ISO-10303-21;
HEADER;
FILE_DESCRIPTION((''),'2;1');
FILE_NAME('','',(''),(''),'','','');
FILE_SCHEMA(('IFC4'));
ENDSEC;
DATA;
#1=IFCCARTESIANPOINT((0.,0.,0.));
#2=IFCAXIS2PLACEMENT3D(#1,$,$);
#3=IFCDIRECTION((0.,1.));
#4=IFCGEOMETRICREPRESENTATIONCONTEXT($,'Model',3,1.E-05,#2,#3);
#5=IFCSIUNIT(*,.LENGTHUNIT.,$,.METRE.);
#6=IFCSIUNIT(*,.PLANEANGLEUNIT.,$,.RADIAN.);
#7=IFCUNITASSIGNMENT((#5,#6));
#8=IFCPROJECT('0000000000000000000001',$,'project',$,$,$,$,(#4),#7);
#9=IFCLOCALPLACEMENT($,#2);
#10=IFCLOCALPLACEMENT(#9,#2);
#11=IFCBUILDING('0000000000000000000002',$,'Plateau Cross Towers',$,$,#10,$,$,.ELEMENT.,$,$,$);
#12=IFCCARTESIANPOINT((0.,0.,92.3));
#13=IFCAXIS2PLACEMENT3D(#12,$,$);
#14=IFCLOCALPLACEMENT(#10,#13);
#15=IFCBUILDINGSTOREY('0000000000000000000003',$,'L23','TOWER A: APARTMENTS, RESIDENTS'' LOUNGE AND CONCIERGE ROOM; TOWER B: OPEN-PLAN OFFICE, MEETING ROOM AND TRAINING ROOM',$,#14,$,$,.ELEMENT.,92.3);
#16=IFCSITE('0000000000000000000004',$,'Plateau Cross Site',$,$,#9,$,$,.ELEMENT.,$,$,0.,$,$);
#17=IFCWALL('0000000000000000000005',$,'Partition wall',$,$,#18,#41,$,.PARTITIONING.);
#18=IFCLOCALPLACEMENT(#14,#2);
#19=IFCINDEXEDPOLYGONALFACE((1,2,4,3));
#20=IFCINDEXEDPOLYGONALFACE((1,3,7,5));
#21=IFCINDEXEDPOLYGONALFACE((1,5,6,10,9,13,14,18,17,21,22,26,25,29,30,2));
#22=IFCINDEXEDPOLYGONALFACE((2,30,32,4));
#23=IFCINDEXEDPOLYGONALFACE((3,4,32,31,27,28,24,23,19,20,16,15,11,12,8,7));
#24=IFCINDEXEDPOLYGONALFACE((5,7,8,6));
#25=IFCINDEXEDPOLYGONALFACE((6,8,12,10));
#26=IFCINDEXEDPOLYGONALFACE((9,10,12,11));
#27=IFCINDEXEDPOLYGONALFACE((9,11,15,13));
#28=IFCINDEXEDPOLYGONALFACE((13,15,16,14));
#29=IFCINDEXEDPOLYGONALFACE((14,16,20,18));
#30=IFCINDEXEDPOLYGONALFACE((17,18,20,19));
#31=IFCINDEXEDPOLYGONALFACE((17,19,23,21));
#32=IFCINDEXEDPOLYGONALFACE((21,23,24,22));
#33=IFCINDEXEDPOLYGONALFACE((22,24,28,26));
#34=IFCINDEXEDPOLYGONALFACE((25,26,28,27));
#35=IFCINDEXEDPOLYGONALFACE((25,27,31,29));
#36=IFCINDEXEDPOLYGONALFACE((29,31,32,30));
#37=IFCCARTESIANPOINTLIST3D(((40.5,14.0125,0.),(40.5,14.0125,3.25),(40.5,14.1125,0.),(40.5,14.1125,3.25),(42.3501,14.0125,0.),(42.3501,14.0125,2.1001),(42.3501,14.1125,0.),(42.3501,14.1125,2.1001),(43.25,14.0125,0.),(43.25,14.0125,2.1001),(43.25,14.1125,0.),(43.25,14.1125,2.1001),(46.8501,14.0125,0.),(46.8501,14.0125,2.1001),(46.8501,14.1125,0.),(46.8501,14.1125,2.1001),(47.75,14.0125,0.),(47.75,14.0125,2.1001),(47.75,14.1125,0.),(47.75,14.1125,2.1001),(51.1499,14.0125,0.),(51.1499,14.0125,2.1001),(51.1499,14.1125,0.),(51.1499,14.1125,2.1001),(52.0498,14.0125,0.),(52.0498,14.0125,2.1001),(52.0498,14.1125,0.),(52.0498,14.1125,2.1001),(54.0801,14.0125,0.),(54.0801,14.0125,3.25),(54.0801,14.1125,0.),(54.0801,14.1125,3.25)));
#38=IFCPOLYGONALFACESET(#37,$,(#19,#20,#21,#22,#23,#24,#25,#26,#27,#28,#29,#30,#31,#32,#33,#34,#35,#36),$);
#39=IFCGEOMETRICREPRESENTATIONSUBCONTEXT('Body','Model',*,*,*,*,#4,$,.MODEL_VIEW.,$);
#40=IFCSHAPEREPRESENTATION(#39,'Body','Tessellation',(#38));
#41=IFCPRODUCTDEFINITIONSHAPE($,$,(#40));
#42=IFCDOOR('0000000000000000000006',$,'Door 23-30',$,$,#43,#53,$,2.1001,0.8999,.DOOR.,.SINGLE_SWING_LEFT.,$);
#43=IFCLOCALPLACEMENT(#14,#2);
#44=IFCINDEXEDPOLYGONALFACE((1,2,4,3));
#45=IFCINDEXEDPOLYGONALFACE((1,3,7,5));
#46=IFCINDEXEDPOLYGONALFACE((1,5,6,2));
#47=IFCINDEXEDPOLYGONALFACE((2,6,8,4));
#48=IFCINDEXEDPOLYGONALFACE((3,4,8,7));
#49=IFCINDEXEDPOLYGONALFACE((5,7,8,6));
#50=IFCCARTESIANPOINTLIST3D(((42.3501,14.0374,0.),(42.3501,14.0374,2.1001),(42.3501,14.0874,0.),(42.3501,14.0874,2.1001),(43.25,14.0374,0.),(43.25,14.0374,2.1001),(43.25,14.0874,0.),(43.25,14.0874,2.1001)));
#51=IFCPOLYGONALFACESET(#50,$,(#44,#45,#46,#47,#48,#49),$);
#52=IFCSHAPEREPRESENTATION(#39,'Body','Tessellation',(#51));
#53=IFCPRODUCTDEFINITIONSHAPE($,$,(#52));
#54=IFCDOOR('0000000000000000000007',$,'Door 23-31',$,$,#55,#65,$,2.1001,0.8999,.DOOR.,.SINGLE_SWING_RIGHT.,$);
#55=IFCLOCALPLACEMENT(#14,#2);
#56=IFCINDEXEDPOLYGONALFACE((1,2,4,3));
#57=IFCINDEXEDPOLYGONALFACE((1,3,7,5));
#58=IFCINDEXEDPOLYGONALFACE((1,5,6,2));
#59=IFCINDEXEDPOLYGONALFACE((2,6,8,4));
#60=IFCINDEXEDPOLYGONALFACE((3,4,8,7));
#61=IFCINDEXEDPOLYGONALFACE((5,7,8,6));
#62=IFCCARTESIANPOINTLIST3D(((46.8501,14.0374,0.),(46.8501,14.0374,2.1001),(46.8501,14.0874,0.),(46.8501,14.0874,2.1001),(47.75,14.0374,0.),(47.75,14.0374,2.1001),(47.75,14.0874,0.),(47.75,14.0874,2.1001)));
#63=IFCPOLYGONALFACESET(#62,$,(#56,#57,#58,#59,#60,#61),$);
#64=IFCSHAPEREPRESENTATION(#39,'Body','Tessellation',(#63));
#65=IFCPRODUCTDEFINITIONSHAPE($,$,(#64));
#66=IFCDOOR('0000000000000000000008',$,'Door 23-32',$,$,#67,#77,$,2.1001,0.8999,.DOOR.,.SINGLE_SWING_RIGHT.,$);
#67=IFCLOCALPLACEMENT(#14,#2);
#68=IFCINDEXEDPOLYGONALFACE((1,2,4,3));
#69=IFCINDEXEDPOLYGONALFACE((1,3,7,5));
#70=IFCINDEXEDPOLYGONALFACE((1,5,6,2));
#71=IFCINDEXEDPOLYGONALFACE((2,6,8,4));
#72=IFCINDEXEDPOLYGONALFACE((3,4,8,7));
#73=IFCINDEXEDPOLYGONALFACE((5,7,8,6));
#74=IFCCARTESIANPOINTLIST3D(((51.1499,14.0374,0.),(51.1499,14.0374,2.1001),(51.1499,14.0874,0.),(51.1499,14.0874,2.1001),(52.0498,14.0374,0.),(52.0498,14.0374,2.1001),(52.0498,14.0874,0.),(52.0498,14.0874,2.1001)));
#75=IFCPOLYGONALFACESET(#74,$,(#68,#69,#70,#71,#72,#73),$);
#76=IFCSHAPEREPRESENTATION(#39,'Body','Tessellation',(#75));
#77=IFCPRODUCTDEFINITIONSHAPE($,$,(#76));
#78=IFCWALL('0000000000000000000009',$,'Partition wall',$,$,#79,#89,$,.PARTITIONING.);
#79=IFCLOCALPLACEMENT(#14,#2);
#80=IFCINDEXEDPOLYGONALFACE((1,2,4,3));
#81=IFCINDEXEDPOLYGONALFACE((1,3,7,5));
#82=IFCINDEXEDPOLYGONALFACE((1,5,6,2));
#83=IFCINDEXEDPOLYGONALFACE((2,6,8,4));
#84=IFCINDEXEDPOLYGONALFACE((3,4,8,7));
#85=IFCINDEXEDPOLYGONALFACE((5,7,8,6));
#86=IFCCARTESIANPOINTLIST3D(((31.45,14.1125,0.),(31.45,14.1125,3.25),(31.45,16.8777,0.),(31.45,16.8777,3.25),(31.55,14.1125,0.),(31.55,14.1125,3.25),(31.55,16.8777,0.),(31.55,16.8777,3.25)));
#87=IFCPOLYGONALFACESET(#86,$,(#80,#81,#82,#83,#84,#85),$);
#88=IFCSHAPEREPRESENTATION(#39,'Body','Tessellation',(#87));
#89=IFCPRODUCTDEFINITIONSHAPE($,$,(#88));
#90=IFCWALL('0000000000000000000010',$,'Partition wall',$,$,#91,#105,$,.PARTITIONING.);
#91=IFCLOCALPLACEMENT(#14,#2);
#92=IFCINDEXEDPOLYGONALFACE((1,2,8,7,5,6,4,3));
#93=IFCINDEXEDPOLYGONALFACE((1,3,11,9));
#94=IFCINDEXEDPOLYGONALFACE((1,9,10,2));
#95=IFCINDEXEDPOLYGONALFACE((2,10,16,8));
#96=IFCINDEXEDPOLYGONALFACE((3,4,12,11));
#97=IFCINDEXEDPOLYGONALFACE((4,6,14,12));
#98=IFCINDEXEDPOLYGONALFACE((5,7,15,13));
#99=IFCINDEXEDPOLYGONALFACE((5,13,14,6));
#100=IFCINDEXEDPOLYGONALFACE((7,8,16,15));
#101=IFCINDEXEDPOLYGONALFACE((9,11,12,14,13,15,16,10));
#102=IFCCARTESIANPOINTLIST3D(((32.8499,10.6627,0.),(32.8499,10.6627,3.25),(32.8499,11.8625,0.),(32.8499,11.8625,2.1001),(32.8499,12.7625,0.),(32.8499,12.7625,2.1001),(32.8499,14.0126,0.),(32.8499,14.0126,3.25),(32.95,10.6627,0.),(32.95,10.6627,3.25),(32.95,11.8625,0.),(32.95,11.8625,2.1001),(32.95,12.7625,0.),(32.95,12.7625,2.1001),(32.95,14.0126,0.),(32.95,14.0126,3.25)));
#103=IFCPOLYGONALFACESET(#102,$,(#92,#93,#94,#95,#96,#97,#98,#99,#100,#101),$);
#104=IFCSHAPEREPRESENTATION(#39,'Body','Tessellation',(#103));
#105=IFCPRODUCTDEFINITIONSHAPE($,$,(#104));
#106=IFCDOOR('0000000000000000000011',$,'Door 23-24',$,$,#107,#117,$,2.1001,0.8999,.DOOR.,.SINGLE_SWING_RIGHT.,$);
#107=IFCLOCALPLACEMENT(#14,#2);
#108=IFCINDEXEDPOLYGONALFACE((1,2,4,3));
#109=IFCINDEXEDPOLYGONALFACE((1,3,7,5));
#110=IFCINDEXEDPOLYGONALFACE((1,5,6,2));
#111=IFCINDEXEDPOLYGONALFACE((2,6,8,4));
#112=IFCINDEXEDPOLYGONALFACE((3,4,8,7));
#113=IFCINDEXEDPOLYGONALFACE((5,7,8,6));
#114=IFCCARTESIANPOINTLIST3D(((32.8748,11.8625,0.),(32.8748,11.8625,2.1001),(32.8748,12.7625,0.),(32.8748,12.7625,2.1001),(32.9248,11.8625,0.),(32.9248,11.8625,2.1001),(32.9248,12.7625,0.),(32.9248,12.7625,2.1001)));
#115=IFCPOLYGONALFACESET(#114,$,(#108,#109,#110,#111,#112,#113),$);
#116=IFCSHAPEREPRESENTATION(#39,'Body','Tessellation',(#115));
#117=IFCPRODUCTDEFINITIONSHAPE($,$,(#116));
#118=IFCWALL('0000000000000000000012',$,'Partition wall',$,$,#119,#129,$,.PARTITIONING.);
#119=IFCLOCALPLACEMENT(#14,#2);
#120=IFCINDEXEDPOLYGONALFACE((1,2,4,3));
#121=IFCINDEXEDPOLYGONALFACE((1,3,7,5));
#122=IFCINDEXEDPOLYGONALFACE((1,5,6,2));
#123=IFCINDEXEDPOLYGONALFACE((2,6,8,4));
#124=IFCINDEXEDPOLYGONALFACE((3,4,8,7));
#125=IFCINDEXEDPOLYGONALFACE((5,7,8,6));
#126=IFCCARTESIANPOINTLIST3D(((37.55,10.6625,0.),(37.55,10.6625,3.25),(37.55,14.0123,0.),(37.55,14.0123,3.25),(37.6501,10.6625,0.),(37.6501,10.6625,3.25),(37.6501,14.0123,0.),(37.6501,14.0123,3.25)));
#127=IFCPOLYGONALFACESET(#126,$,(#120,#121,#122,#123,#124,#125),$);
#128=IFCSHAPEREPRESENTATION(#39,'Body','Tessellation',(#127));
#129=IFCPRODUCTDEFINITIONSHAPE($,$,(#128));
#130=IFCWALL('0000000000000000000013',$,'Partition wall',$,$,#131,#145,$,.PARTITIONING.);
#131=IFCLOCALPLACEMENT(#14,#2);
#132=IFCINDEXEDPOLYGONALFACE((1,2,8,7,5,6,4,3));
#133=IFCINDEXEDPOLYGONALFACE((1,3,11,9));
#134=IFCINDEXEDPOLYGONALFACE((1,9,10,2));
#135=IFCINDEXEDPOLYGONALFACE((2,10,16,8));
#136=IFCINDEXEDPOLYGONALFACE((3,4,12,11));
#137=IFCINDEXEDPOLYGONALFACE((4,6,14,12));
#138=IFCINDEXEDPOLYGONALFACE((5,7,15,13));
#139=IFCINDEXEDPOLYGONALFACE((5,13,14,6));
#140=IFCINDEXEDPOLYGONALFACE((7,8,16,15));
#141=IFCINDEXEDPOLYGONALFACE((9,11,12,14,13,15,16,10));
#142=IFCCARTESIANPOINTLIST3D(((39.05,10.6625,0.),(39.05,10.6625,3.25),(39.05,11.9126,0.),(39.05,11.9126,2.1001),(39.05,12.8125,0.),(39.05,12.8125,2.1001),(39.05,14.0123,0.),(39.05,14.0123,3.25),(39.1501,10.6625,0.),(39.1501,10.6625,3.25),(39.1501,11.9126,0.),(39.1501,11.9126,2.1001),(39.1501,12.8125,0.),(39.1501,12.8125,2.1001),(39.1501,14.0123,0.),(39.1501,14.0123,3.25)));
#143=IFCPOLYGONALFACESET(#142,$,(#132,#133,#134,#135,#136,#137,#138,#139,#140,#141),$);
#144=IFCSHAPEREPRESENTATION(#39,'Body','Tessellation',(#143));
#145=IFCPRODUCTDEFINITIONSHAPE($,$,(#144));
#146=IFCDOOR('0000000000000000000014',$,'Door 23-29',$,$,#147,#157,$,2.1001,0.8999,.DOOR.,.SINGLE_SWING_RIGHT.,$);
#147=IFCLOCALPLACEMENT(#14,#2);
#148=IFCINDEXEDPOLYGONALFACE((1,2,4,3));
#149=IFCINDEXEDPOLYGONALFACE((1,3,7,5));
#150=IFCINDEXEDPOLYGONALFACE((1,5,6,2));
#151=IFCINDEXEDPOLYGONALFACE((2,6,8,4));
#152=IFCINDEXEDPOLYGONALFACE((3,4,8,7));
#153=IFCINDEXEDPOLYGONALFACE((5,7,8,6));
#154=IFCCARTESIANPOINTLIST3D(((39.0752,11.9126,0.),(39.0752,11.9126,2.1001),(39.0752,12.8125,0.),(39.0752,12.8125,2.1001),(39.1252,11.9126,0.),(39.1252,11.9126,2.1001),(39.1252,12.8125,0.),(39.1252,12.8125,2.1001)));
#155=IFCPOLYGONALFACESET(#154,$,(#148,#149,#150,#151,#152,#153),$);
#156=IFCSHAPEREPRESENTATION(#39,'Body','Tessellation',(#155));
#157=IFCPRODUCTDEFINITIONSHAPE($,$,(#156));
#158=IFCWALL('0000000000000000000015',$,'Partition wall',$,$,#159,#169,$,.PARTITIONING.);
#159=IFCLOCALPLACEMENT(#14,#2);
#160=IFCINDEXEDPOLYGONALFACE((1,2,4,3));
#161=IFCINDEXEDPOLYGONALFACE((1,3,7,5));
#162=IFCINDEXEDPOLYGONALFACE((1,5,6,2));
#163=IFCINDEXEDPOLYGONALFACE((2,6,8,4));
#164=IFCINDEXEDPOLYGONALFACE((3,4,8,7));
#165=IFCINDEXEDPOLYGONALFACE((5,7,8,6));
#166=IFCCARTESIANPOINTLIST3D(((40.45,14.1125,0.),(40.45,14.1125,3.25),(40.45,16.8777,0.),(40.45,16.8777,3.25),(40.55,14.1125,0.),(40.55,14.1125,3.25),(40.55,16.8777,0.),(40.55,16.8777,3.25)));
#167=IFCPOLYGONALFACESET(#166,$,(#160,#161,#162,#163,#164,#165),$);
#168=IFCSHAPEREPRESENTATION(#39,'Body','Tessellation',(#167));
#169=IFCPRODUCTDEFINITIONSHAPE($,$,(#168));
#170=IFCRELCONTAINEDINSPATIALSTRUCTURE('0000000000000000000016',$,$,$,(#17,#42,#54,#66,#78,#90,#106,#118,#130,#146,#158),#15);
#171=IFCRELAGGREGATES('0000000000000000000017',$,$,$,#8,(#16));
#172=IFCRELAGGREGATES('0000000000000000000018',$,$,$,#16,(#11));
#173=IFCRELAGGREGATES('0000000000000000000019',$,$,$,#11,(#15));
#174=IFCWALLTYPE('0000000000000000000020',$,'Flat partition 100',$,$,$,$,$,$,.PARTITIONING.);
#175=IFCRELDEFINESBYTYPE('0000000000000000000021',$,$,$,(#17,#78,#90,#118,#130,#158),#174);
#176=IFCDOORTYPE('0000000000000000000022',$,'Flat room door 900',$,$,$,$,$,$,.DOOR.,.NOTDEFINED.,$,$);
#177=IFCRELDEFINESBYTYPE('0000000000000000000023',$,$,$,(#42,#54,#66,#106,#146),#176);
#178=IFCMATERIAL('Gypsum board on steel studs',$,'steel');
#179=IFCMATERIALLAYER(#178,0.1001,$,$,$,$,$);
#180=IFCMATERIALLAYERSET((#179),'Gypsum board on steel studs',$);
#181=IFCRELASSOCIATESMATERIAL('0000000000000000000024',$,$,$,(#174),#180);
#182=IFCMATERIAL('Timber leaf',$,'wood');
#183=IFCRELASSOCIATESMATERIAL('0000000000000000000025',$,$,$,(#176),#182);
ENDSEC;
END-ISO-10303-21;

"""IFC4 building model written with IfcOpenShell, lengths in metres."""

from ifc_helpers import new_model, si_unit, direction, frame, frame_2d, origin, place, context, subcontext, project, spatial, rectangle, extrude, material, layer, layer_set, type_object, element, fill, save


model = new_model("IFC4")

# Units and contexts
model_context = context("Model", 3, precision=1e-05, world=origin(), true_north=direction((0.0, 1.0)))
body_context = subcontext(model_context, "Body", "Model", "MODEL_VIEW")
ifc_project = project(units=[si_unit("LENGTHUNIT", "METRE"), si_unit("PLANEANGLEUNIT", "RADIAN")], contexts=[model_context])

# Site, building, storey
site_placement = place(None, origin())
site = spatial("IfcSite", under=ifc_project, at=site_placement, Name="Plateau Cross Site", CompositionType="ELEMENT", RefElevation=0.0)
building_placement = place(site_placement, origin())
building = spatial("IfcBuilding", under=site, at=building_placement, Name="Plateau Cross Towers", CompositionType="ELEMENT")
storey_placement = place(building_placement, frame((0.0, 0.0, 92.3)))
storey = spatial("IfcBuildingStorey", under=building, at=storey_placement, Name="L23", Description="TOWER A: APARTMENTS, RESIDENTS' LOUNGE AND CONCIERGE ROOM; TOWER B: OPEN-PLAN OFFICE, MEETING ROOM AND TRAINING ROOM", CompositionType="ELEMENT", Elevation=92.3)

# Shared definitions
ifc_material_1 = material(Name="Gypsum board on steel studs", Category="steel")
ifc_layer_1 = layer(ifc_material_1, 0.1001)
ifc_layer_set_1 = layer_set([ifc_layer_1], Name="Gypsum board on steel studs")
wall_type_1 = type_object("IfcWallType", Name="Flat partition 100", PredefinedType="PARTITIONING", material=ifc_layer_set_1)
ifc_material_2 = material(Name="Timber leaf", Category="wood")
door_type = type_object("IfcDoorType", Name="Flat room door 900", OperationType="NOTDEFINED", PredefinedType="DOOR", material=ifc_material_2)

# Wall, openings, doors
wall_1_placement = place(storey_placement, frame((40.5, 14.0625, 0.0), z_axis=(0.0, 0.0, 1.0), x_axis=(1.0, 0.0, 0.0)))
wall_1 = element("IfcWall", 1, at=wall_1_placement, inside=storey, type_object=wall_type_1, Name="Partition wall", PredefinedType="PARTITIONING", context=body_context, shape_type="SweptSolid", body=[
    extrude(rectangle(XDim=13.5801, YDim=0.1001, at=frame_2d((6.79, 0.0))), origin(), (0.0, 0.0, 1.0), 3.25),
])
opening_1_placement = place(wall_1_placement, frame((1.8501, 0.0, 0.0)))
opening_1 = element("IfcOpeningElement", 2, at=opening_1_placement, cuts=wall_1, PredefinedType="OPENING", context=body_context, shape_type="SweptSolid", body=[
    extrude(rectangle(XDim=0.8999, YDim=2.1001, at=frame_2d((0.45, 1.05))), frame((0.0, 0.0601, 0.0), z_axis=(0.0, -1.0, 0.0), x_axis=(1.0, 0.0, 0.0)), (0.0, 0.0, 1.0), 0.1201),
])
opening_2_placement = place(wall_1_placement, frame((6.3501, 0.0, 0.0)))
opening_2 = element("IfcOpeningElement", 3, at=opening_2_placement, cuts=wall_1, PredefinedType="OPENING", context=body_context, shape_type="SweptSolid", body=[
    extrude(rectangle(XDim=0.8999, YDim=2.1001, at=frame_2d((0.45, 1.05))), frame((0.0, 0.0601, 0.0), z_axis=(0.0, -1.0, 0.0), x_axis=(1.0, 0.0, 0.0)), (0.0, 0.0, 1.0), 0.1201),
])
opening_3_placement = place(wall_1_placement, frame((10.6499, 0.0, 0.0)))
opening_3 = element("IfcOpeningElement", 4, at=opening_3_placement, cuts=wall_1, PredefinedType="OPENING", context=body_context, shape_type="SweptSolid", body=[
    extrude(rectangle(XDim=0.8999, YDim=2.1001, at=frame_2d((0.45, 1.05))), frame((0.0, 0.0601, 0.0), z_axis=(0.0, -1.0, 0.0), x_axis=(1.0, 0.0, 0.0)), (0.0, 0.0, 1.0), 0.1201),
])
door_1_placement = place(opening_1_placement, origin())
door_1 = element("IfcDoor", 5, at=door_1_placement, inside=storey, type_object=door_type, Name="Door 23-30", OperationType="SINGLE_SWING_LEFT", OverallHeight=2.1001, OverallWidth=0.8999, PredefinedType="DOOR", context=body_context, shape_type="SweptSolid", body=[
    extrude(rectangle(XDim=0.8999, YDim=2.1001, at=frame_2d((0.45, 1.05))), frame((0.0, 0.0249, 0.0), z_axis=(0.0, -1.0, 0.0), x_axis=(1.0, 0.0, 0.0)), (0.0, 0.0, 1.0), 0.05),
])
fill(opening_1, door_1)
door_2_placement = place(opening_2_placement, origin())
door_2 = element("IfcDoor", 6, at=door_2_placement, inside=storey, type_object=door_type, Name="Door 23-31", OperationType="SINGLE_SWING_RIGHT", OverallHeight=2.1001, OverallWidth=0.8999, PredefinedType="DOOR", context=body_context, shape_type="SweptSolid", body=[
    extrude(rectangle(XDim=0.8999, YDim=2.1001, at=frame_2d((0.45, 1.05))), frame((0.0, 0.0249, 0.0), z_axis=(0.0, -1.0, 0.0), x_axis=(1.0, 0.0, 0.0)), (0.0, 0.0, 1.0), 0.05),
])
fill(opening_2, door_2)
door_3_placement = place(opening_3_placement, origin())
door_3 = element("IfcDoor", 7, at=door_3_placement, inside=storey, type_object=door_type, Name="Door 23-32", OperationType="SINGLE_SWING_RIGHT", OverallHeight=2.1001, OverallWidth=0.8999, PredefinedType="DOOR", context=body_context, shape_type="SweptSolid", body=[
    extrude(rectangle(XDim=0.8999, YDim=2.1001, at=frame_2d((0.45, 1.05))), frame((0.0, 0.0249, 0.0), z_axis=(0.0, -1.0, 0.0), x_axis=(1.0, 0.0, 0.0)), (0.0, 0.0, 1.0), 0.05),
])
fill(opening_3, door_3)

# Wall
wall_2_placement = place(storey_placement, frame((31.5, 14.1125, 0.0), z_axis=(0.0, 0.0, 1.0), x_axis=(0.0, 1.0, 0.0)))
element("IfcWall", 8, at=wall_2_placement, inside=storey, type_object=wall_type_1, Name="Partition wall", PredefinedType="PARTITIONING", context=body_context, shape_type="SweptSolid", body=[
    extrude(rectangle(XDim=2.7651, YDim=0.1001, at=frame_2d((1.3826, 0.0))), origin(), (0.0, 0.0, 1.0), 3.25),
])

# Wall, opening, door
wall_3_placement = place(storey_placement, frame((32.8999, 14.0125, 0.0), z_axis=(0.0, 0.0, 1.0), x_axis=(0.0, -1.0, 0.0)))
wall_3 = element("IfcWall", 9, at=wall_3_placement, inside=storey, type_object=wall_type_1, Name="Partition wall", PredefinedType="PARTITIONING", context=body_context, shape_type="SweptSolid", body=[
    extrude(rectangle(XDim=3.3499, YDim=0.1001, at=frame_2d((1.6748, 0.0))), origin(), (0.0, 0.0, 1.0), 3.25),
])
opening_4_placement = place(wall_3_placement, frame((1.25, 0.0, 0.0)))
opening_4 = element("IfcOpeningElement", 10, at=opening_4_placement, cuts=wall_3, PredefinedType="OPENING", context=body_context, shape_type="SweptSolid", body=[
    extrude(rectangle(XDim=0.8999, YDim=2.1001, at=frame_2d((0.45, 1.05))), frame((0.0, 0.0601, 0.0), z_axis=(0.0, -1.0, 0.0), x_axis=(1.0, 0.0, 0.0)), (0.0, 0.0, 1.0), 0.1201),
])
door_4_placement = place(opening_4_placement, origin())
door_4 = element("IfcDoor", 11, at=door_4_placement, inside=storey, type_object=door_type, Name="Door 23-24", OperationType="SINGLE_SWING_RIGHT", OverallHeight=2.1001, OverallWidth=0.8999, PredefinedType="DOOR", context=body_context, shape_type="SweptSolid", body=[
    extrude(rectangle(XDim=0.8999, YDim=2.1001, at=frame_2d((0.45, 1.05))), frame((0.0, 0.0249, 0.0), z_axis=(0.0, -1.0, 0.0), x_axis=(1.0, 0.0, 0.0)), (0.0, 0.0, 1.0), 0.05),
])
fill(opening_4, door_4)

# Wall
wall_4_placement = place(storey_placement, frame((37.6001, 10.6626, 0.0), z_axis=(0.0, 0.0, 1.0), x_axis=(0.0, 1.0, 0.0)))
element("IfcWall", 12, at=wall_4_placement, inside=storey, type_object=wall_type_1, Name="Partition wall", PredefinedType="PARTITIONING", context=body_context, shape_type="SweptSolid", body=[
    extrude(rectangle(XDim=3.3499, YDim=0.1001, at=frame_2d((1.6748, 0.0))), origin(), (0.0, 0.0, 1.0), 3.25),
])

# Wall, opening, door
wall_5_placement = place(storey_placement, frame((39.1001, 10.6626, 0.0), z_axis=(0.0, 0.0, 1.0), x_axis=(0.0, 1.0, 0.0)))
wall_5 = element("IfcWall", 13, at=wall_5_placement, inside=storey, type_object=wall_type_1, Name="Partition wall", PredefinedType="PARTITIONING", context=body_context, shape_type="SweptSolid", body=[
    extrude(rectangle(XDim=3.3499, YDim=0.1001, at=frame_2d((1.6748, 0.0))), origin(), (0.0, 0.0, 1.0), 3.25),
])
opening_5_placement = place(wall_5_placement, frame((1.25, 0.0, 0.0)))
opening_5 = element("IfcOpeningElement", 14, at=opening_5_placement, cuts=wall_5, PredefinedType="OPENING", context=body_context, shape_type="SweptSolid", body=[
    extrude(rectangle(XDim=0.8999, YDim=2.1001, at=frame_2d((0.45, 1.05))), frame((0.0, 0.0601, 0.0), z_axis=(0.0, -1.0, 0.0), x_axis=(1.0, 0.0, 0.0)), (0.0, 0.0, 1.0), 0.1201),
])
door_5_placement = place(opening_5_placement, origin())
door_5 = element("IfcDoor", 15, at=door_5_placement, inside=storey, type_object=door_type, Name="Door 23-29", OperationType="SINGLE_SWING_RIGHT", OverallHeight=2.1001, OverallWidth=0.8999, PredefinedType="DOOR", context=body_context, shape_type="SweptSolid", body=[
    extrude(rectangle(XDim=0.8999, YDim=2.1001, at=frame_2d((0.45, 1.05))), frame((0.0, 0.0249, 0.0), z_axis=(0.0, -1.0, 0.0), x_axis=(1.0, 0.0, 0.0)), (0.0, 0.0, 1.0), 0.05),
])
fill(opening_5, door_5)

# Wall
wall_6_placement = place(storey_placement, frame((40.5, 16.8777, 0.0), z_axis=(0.0, 0.0, 1.0), x_axis=(0.0, -1.0, 0.0)))
element("IfcWall", 16, at=wall_6_placement, inside=storey, type_object=wall_type_1, Name="Partition wall", PredefinedType="PARTITIONING", context=body_context, shape_type="SweptSolid", body=[
    extrude(rectangle(XDim=2.7651, YDim=0.1001, at=frame_2d((1.3826, 0.0))), origin(), (0.0, 0.0, 1.0), 3.25),
])

save(model, "model.ifc")
